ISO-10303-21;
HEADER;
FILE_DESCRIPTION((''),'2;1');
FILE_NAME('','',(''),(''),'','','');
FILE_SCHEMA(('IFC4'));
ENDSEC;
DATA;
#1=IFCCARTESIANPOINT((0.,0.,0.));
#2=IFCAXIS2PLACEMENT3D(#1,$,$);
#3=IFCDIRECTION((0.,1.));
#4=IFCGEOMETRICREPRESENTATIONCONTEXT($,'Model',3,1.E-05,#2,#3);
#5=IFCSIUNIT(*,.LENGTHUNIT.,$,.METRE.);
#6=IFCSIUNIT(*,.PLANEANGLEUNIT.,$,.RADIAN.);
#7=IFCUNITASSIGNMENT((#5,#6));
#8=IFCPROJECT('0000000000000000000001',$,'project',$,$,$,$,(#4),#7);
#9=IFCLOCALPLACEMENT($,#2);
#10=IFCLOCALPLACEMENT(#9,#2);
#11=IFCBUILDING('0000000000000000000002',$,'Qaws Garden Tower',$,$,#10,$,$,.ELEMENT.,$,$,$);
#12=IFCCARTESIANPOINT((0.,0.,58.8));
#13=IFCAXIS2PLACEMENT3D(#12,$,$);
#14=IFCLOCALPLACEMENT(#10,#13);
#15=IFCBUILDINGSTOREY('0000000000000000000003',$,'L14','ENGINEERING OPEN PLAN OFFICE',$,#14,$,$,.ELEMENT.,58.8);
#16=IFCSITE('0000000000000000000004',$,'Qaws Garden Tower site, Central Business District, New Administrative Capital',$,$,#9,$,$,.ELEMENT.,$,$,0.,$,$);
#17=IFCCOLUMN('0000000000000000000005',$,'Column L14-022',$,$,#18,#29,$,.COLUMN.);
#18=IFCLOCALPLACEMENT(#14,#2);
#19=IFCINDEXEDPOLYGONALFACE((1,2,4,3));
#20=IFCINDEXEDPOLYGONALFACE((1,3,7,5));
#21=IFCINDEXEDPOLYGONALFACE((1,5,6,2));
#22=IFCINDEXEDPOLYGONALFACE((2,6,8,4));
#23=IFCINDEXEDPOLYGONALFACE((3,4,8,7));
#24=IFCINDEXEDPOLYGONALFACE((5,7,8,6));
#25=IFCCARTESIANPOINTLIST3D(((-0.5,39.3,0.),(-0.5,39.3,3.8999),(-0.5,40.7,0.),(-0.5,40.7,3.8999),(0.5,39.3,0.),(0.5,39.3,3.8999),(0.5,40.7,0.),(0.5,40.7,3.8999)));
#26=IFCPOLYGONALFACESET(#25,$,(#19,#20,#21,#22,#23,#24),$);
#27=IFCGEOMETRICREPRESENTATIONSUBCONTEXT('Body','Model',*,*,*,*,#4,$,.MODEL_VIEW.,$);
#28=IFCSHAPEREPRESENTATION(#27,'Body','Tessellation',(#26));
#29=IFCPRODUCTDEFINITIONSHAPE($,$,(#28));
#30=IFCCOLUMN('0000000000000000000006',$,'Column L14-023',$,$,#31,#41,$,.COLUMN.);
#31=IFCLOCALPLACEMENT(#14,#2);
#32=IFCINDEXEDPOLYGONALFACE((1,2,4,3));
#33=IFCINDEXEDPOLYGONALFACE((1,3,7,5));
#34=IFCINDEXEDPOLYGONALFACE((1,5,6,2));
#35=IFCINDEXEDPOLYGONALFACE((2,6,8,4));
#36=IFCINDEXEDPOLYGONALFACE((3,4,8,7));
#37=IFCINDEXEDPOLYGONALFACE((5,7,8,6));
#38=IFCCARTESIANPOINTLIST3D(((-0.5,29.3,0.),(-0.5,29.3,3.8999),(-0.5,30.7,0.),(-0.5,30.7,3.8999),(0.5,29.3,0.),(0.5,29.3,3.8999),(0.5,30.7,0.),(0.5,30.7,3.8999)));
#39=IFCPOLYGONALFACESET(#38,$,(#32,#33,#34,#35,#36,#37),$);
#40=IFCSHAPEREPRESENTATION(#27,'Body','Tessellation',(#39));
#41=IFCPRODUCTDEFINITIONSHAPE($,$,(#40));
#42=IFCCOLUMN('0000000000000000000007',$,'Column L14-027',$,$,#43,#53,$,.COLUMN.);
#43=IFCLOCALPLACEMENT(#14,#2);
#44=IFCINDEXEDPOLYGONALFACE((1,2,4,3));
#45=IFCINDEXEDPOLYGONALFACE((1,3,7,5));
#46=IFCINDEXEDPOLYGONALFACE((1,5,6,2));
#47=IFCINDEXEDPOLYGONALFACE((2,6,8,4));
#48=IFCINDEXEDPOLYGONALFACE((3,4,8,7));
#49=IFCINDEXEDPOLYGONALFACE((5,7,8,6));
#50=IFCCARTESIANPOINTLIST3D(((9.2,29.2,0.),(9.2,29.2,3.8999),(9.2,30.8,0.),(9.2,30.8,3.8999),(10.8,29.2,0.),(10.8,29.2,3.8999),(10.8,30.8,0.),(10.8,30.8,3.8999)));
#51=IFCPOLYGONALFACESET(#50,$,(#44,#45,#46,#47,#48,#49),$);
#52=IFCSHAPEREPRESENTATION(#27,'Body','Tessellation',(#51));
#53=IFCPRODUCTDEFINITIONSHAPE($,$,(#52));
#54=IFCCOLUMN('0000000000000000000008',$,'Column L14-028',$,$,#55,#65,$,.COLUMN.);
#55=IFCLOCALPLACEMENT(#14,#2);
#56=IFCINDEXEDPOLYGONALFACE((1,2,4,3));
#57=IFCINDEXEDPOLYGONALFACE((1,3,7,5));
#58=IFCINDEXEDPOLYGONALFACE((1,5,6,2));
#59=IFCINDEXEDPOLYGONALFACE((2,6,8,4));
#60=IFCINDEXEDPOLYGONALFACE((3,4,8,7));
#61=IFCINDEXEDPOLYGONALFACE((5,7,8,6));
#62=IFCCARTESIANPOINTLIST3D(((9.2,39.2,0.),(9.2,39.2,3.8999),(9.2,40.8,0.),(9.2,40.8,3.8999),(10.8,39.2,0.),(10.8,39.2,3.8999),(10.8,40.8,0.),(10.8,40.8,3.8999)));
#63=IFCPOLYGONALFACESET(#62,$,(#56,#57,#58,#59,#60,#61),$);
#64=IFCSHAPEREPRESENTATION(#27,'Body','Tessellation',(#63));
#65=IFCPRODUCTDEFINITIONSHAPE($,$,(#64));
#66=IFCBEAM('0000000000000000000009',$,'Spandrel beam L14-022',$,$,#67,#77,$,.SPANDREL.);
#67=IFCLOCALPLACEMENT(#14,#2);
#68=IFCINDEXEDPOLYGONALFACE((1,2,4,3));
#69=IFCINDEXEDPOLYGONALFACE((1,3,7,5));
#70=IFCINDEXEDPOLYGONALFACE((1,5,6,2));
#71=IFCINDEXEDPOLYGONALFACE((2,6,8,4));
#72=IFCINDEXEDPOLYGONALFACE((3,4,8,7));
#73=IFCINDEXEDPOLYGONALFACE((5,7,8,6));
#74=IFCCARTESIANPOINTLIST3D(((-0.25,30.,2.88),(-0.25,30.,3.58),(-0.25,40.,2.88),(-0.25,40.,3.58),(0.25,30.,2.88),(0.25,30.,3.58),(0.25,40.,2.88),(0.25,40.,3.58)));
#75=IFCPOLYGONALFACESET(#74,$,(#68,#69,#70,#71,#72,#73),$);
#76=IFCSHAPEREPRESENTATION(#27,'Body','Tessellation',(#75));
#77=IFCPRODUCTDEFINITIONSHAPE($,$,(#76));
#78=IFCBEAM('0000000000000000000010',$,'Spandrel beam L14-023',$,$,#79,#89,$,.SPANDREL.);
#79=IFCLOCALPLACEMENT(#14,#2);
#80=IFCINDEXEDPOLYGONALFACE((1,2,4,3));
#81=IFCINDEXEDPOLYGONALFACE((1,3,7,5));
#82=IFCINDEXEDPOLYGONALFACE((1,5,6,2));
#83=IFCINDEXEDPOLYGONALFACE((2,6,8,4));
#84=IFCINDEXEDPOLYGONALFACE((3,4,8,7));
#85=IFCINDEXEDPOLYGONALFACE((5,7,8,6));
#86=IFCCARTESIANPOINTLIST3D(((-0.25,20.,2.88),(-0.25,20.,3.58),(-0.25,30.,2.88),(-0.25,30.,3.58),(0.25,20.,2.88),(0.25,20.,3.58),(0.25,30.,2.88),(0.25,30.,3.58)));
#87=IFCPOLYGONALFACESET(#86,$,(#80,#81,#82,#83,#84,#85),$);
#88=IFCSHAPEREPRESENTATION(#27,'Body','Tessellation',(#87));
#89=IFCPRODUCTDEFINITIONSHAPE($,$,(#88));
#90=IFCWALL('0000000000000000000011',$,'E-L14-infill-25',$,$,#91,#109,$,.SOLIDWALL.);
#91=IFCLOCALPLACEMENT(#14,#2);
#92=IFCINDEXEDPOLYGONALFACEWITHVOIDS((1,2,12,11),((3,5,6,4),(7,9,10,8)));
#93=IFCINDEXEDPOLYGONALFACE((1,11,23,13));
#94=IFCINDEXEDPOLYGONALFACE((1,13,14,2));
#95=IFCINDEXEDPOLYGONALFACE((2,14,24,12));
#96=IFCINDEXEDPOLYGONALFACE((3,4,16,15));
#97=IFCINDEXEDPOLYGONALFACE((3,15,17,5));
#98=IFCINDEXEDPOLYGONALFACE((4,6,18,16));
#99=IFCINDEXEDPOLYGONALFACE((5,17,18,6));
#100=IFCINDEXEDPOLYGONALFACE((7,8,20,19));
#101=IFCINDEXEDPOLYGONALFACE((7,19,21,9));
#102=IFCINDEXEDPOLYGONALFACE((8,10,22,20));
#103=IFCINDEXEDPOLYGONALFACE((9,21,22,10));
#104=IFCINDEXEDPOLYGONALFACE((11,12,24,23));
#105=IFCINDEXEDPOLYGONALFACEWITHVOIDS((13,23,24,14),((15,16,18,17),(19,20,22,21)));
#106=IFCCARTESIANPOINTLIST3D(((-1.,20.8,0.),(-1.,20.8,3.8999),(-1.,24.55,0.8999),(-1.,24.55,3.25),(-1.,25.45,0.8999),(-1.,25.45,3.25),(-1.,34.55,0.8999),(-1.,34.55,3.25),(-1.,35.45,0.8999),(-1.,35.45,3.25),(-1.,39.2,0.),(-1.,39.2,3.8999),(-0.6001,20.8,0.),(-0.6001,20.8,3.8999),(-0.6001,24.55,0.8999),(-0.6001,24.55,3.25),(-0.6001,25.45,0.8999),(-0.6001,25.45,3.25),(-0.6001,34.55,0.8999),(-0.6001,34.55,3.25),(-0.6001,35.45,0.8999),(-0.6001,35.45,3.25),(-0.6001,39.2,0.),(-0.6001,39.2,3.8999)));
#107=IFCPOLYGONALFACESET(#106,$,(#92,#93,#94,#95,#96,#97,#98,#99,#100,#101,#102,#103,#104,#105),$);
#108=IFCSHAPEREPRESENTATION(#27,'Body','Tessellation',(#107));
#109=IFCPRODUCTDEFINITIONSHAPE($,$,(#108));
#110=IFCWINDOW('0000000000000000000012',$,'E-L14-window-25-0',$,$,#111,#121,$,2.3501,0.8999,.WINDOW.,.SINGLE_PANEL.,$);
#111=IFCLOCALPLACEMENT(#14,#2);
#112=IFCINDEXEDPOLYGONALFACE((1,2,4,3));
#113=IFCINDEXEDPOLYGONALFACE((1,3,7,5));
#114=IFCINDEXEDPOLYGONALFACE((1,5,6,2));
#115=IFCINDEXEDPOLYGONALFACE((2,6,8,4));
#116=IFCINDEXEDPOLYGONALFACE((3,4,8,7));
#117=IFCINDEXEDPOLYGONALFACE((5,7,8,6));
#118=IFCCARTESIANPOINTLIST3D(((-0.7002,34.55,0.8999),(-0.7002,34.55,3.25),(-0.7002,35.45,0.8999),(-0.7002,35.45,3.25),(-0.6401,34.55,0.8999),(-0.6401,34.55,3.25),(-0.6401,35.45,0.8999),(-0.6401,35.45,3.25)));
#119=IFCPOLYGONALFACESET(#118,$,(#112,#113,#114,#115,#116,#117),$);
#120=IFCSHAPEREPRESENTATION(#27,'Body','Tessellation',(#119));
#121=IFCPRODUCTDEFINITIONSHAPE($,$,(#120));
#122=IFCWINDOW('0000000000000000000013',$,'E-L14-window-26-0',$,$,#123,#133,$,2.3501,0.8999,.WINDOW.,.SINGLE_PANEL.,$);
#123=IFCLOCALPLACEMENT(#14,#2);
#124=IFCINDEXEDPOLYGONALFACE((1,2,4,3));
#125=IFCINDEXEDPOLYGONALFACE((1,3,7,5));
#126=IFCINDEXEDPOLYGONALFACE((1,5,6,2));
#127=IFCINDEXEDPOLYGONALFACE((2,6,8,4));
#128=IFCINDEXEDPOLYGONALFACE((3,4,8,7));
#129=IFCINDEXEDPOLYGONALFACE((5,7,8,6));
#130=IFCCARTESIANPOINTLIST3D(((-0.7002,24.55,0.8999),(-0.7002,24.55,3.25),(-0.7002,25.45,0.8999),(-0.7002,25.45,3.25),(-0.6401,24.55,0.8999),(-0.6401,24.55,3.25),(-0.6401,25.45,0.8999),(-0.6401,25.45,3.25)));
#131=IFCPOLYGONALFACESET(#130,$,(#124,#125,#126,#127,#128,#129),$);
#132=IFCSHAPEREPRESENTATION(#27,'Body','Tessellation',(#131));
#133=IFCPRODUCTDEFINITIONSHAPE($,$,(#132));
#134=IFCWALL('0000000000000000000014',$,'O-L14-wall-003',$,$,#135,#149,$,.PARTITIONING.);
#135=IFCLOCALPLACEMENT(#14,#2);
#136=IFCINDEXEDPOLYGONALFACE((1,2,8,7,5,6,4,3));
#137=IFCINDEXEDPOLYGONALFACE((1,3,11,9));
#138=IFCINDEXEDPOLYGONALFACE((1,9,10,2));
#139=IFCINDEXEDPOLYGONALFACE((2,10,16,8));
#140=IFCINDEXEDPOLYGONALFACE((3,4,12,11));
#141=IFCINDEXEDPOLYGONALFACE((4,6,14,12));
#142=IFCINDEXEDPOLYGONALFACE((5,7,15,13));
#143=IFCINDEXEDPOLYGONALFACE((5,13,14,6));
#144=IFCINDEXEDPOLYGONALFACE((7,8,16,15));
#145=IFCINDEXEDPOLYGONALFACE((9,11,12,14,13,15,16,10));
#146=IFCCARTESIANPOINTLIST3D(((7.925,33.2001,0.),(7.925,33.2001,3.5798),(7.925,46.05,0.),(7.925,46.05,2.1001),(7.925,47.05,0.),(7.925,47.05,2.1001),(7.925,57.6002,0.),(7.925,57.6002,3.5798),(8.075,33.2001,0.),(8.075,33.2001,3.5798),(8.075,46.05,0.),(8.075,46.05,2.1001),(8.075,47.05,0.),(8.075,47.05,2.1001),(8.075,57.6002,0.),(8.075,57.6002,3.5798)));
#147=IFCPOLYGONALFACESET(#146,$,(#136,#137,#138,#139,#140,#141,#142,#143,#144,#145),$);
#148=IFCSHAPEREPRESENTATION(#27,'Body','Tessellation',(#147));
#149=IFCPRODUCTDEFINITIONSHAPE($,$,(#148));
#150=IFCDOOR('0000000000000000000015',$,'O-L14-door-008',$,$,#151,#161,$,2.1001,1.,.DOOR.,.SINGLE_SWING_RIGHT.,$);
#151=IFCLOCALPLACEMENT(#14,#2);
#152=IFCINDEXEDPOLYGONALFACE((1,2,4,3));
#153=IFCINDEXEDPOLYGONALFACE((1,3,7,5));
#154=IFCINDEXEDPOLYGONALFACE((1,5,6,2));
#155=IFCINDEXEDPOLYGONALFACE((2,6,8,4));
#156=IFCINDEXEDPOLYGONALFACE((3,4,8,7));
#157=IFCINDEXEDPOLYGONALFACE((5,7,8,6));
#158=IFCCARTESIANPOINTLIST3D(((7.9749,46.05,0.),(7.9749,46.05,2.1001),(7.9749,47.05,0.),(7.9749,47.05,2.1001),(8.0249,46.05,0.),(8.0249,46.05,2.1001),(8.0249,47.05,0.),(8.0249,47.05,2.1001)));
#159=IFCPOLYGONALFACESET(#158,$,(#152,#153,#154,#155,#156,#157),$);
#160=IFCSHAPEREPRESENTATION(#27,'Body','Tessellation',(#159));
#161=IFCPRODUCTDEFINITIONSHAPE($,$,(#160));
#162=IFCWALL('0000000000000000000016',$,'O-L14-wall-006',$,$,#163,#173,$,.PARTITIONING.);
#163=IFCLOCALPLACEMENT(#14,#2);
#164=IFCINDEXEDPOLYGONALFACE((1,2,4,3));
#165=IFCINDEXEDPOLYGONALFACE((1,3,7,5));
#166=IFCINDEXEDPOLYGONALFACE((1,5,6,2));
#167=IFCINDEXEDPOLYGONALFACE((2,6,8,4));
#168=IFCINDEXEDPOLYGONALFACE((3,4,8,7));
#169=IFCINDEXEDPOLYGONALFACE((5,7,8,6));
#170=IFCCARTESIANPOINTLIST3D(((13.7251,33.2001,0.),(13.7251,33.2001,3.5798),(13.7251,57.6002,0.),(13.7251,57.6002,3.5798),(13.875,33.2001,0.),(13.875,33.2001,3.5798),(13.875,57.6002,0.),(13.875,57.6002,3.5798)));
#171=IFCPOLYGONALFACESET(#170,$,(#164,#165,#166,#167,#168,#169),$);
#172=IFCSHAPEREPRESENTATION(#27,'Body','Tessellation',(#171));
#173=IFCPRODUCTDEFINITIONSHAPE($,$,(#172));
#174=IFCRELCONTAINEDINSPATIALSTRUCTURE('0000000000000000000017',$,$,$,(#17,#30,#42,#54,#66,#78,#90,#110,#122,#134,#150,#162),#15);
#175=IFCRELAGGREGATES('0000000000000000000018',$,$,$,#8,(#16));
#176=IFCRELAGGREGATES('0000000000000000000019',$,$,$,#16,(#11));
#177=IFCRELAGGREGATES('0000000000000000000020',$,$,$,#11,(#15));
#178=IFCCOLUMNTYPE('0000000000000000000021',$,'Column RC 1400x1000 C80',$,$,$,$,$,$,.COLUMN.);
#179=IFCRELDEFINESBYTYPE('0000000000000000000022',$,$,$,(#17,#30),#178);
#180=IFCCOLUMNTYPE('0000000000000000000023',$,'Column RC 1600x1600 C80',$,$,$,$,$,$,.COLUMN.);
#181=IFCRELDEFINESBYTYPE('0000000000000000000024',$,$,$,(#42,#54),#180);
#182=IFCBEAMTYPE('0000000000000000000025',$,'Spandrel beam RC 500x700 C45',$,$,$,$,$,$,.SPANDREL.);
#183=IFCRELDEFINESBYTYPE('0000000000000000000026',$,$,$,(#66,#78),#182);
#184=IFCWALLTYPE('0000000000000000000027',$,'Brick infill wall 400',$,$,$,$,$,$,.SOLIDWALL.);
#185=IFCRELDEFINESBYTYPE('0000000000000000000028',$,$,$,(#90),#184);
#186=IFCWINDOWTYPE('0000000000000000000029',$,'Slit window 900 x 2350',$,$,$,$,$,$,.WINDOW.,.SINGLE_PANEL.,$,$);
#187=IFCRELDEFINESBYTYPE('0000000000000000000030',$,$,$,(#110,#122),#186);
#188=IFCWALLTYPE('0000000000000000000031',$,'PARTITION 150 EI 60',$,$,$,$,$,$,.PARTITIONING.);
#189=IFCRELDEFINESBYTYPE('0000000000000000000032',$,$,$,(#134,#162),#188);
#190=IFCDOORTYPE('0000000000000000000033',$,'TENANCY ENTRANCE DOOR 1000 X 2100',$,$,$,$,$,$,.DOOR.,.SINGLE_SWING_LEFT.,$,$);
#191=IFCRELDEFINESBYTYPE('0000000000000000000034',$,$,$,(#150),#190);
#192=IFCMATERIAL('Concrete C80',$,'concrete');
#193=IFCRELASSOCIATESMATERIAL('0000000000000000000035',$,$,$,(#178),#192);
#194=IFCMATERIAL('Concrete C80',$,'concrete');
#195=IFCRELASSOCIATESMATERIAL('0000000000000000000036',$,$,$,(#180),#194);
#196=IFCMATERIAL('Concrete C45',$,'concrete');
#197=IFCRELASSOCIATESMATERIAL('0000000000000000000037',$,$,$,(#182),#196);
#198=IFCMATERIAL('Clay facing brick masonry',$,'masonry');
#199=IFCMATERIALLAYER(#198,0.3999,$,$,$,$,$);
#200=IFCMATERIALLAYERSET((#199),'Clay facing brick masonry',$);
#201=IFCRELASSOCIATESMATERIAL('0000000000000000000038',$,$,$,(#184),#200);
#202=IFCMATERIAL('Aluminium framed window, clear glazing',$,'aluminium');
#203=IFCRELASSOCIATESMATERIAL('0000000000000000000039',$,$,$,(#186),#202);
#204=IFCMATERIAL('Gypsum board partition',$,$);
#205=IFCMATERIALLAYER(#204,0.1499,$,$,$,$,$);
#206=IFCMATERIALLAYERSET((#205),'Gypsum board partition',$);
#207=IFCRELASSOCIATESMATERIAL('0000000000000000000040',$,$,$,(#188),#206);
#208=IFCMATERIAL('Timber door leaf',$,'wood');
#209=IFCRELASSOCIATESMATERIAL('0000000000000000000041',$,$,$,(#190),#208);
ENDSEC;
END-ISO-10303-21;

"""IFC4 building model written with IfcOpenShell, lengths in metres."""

from ifc_helpers import new_model, si_unit, direction, frame, frame_2d, origin, origin_2d, place, context, subcontext, project, spatial, rectangle, extrude, material, layer, layer_set, material_profile, profile_set, type_object, element, fill, save


model = new_model("IFC4")

# Units and contexts
model_context = context("Model", 3, precision=1e-05, world=origin(), true_north=direction((0.0, 1.0)))
body_context = subcontext(model_context, "Body", "Model", "MODEL_VIEW")
ifc_project = project(units=[si_unit("LENGTHUNIT", "METRE"), si_unit("PLANEANGLEUNIT", "RADIAN")], contexts=[model_context])

# Site, building, storey
site_placement = place(None, origin())
site = spatial("IfcSite", under=ifc_project, at=site_placement, Name="Qaws Garden Tower site, Central Business District, New Administrative Capital", CompositionType="ELEMENT", RefElevation=0.0)
building_placement = place(site_placement, origin())
building = spatial("IfcBuilding", under=site, at=building_placement, Name="Qaws Garden Tower", CompositionType="ELEMENT")
storey_placement = place(building_placement, frame((0.0, 0.0, 58.8)))
storey = spatial("IfcBuildingStorey", under=building, at=storey_placement, Name="L14", Description="ENGINEERING OPEN PLAN OFFICE", CompositionType="ELEMENT", Elevation=58.8)

# Columns
ifc_material_1 = material(Name="Concrete C80", Category="concrete")
ifc_material_profile_1 = material_profile(ifc_material_1, rectangle(XDim=1.3999, YDim=1.0, at=origin_2d()), Name="RC 1400x1000")
ifc_profile_set_1 = profile_set([ifc_material_profile_1], Name="Concrete C80")
column_type_1 = type_object("IfcColumnType", Name="Column RC 1400x1000 C80", PredefinedType="COLUMN", material=ifc_profile_set_1)
for number, where, z_axis, x_axis, name in (
    (1, (0.0, 40.0, 0.0), (0.0, 0.0, 1.0), (0.0, 1.0, 0.0), "Column L14-022"),
    (2, (0.0, 30.0, 0.0), (0.0, 0.0, 1.0), (0.0, 1.0, 0.0), "Column L14-023"),
):
    element("IfcColumn", number, at=place(storey_placement, frame(where, z_axis=z_axis, x_axis=x_axis)), inside=storey, type_object=column_type_1, Name=name, PredefinedType="COLUMN", context=body_context, shape_type="SweptSolid", body=[
        extrude(rectangle(XDim=1.3999, YDim=1.0, at=origin_2d()), origin(), (0.0, 0.0, 1.0), 3.8999),
    ])
ifc_material_2 = material(Name="Concrete C80", Category="concrete")
ifc_material_profile_2 = material_profile(ifc_material_2, rectangle(XDim=1.6001, YDim=1.6001, at=origin_2d()), Name="RC 1600x1600")
ifc_profile_set_2 = profile_set([ifc_material_profile_2], Name="Concrete C80")
column_type_2 = type_object("IfcColumnType", Name="Column RC 1600x1600 C80", PredefinedType="COLUMN", material=ifc_profile_set_2)
for number, where, z_axis, x_axis, name in (
    (3, (10.0, 30.0, 0.0), (0.0, 0.0, 1.0), (1.0, 0.0, 0.0), "Column L14-027"),
    (4, (10.0, 40.0, 0.0), (0.0, 0.0, 1.0), (1.0, 0.0, 0.0), "Column L14-028"),
):
    element("IfcColumn", number, at=place(storey_placement, frame(where, z_axis=z_axis, x_axis=x_axis)), inside=storey, type_object=column_type_2, Name=name, PredefinedType="COLUMN", context=body_context, shape_type="SweptSolid", body=[
        extrude(rectangle(XDim=1.6001, YDim=1.6001, at=origin_2d()), origin(), (0.0, 0.0, 1.0), 3.8999),
    ])

# Beams
ifc_material_3 = material(Name="Concrete C45", Category="concrete")
ifc_material_profile_3 = material_profile(ifc_material_3, rectangle(XDim=0.5, YDim=0.7, at=origin_2d()), Name="RC 500x700")
ifc_profile_set_3 = profile_set([ifc_material_profile_3], Name="Concrete C45")
beam_type = type_object("IfcBeamType", Name="Spandrel beam RC 500x700 C45", PredefinedType="SPANDREL", material=ifc_profile_set_3)
for number, where, z_axis, x_axis, name in (
    (5, (0.0, 40.0, 3.23), (0.0, -1.0, 0.0), (1.0, 0.0, 0.0), "Spandrel beam L14-022"),
    (6, (0.0, 30.0, 3.23), (0.0, -1.0, 0.0), (1.0, 0.0, 0.0), "Spandrel beam L14-023"),
):
    element("IfcBeam", number, at=place(storey_placement, frame(where, z_axis=z_axis, x_axis=x_axis)), inside=storey, type_object=beam_type, Name=name, PredefinedType="SPANDREL", context=body_context, shape_type="SweptSolid", body=[
        extrude(rectangle(XDim=0.5, YDim=0.7, at=origin_2d()), origin(), (0.0, 0.0, 1.0), 10.0),
    ])

# Wall, openings, windows
ifc_material_4 = material(Name="Clay facing brick masonry", Category="masonry")
ifc_layer_1 = layer(ifc_material_4, 0.3999)
ifc_layer_set_1 = layer_set([ifc_layer_1], Name="Clay facing brick masonry")
wall_type_1 = type_object("IfcWallType", Name="Brick infill wall 400", PredefinedType="SOLIDWALL", material=ifc_layer_set_1)
wall_1_placement = place(storey_placement, frame((-0.8, 39.2, 0.0), z_axis=(0.0, 0.0, 1.0), x_axis=(0.0, -1.0, 0.0)))
wall_1 = element("IfcWall", 7, at=wall_1_placement, inside=storey, type_object=wall_type_1, Name="E-L14-infill-25", PredefinedType="SOLIDWALL", context=body_context, shape_type="SweptSolid", body=[
    extrude(rectangle(XDim=18.3999, YDim=0.3999, at=frame_2d((9.2, 0.0))), origin(), (0.0, 0.0, 1.0), 3.8999),
])
opening_1_placement = place(wall_1_placement, frame((3.75, 0.0, 0.8999)))
opening_1 = element("IfcOpeningElement", 8, at=opening_1_placement, cuts=wall_1, PredefinedType="OPENING", context=body_context, shape_type="SweptSolid", body=[
    extrude(rectangle(XDim=0.8999, YDim=2.3501, at=frame_2d((0.45, 1.175))), frame((0.0, 0.21, 0.0), z_axis=(0.0, -1.0, 0.0), x_axis=(1.0, 0.0, 0.0)), (0.0, 0.0, 1.0), 0.4199),
])
opening_2_placement = place(wall_1_placement, frame((13.75, 0.0, 0.8999)))
opening_2 = element("IfcOpeningElement", 9, at=opening_2_placement, cuts=wall_1, PredefinedType="OPENING", context=body_context, shape_type="SweptSolid", body=[
    extrude(rectangle(XDim=0.8999, YDim=2.3501, at=frame_2d((0.45, 1.175))), frame((0.0, 0.21, 0.0), z_axis=(0.0, -1.0, 0.0), x_axis=(1.0, 0.0, 0.0)), (0.0, 0.0, 1.0), 0.4199),
])
ifc_material_5 = material(Name="Aluminium framed window, clear glazing", Category="aluminium")
window_type = type_object("IfcWindowType", Name="Slit window 900 x 2350", PartitioningType="SINGLE_PANEL", PredefinedType="WINDOW", material=ifc_material_5)
window_1_placement = place(opening_1_placement, origin())
window_1 = element("IfcWindow", 10, at=window_1_placement, inside=storey, type_object=window_type, Name="E-L14-window-25-0", OverallHeight=2.3501, OverallWidth=0.8999, PartitioningType="SINGLE_PANEL", PredefinedType="WINDOW", context=body_context, shape_type="SweptSolid", body=[
    extrude(rectangle(XDim=0.8999, YDim=2.3501, at=frame_2d((0.45, 1.175))), frame((0.0, 0.1599, 0.0), z_axis=(0.0, -1.0, 0.0), x_axis=(1.0, 0.0, 0.0)), (0.0, 0.0, 1.0), 0.0601),
])
fill(opening_1, window_1)
window_2_placement = place(opening_2_placement, origin())
window_2 = element("IfcWindow", 11, at=window_2_placement, inside=storey, type_object=window_type, Name="E-L14-window-26-0", OverallHeight=2.3501, OverallWidth=0.8999, PartitioningType="SINGLE_PANEL", PredefinedType="WINDOW", context=body_context, shape_type="SweptSolid", body=[
    extrude(rectangle(XDim=0.8999, YDim=2.3501, at=frame_2d((0.45, 1.175))), frame((0.0, 0.1599, 0.0), z_axis=(0.0, -1.0, 0.0), x_axis=(1.0, 0.0, 0.0)), (0.0, 0.0, 1.0), 0.0601),
])
fill(opening_2, window_2)

# Wall, opening, door
ifc_material_6 = material(Name="Gypsum board partition")
ifc_layer_2 = layer(ifc_material_6, 0.1499)
ifc_layer_set_2 = layer_set([ifc_layer_2], Name="Gypsum board partition")
wall_type_2 = type_object("IfcWallType", Name="PARTITION 150 EI 60", PredefinedType="PARTITIONING", material=ifc_layer_set_2)
wall_2_placement = place(storey_placement, frame((8.0, 33.2, 0.0), z_axis=(0.0, 0.0, 1.0), x_axis=(0.0, 1.0, 0.0)))
wall_2 = element("IfcWall", 12, at=wall_2_placement, inside=storey, type_object=wall_type_2, Name="O-L14-wall-003", PredefinedType="PARTITIONING", context=body_context, shape_type="SweptSolid", body=[
    extrude(rectangle(XDim=24.4001, YDim=0.1499, at=frame_2d((12.2002, 0.0))), origin(), (0.0, 0.0, 1.0), 3.5798),
])
opening_3_placement = place(wall_2_placement, frame((12.8501, 0.0, 0.0)))
opening_3 = element("IfcOpeningElement", 13, at=opening_3_placement, cuts=wall_2, PredefinedType="OPENING", context=body_context, shape_type="SweptSolid", body=[
    extrude(rectangle(XDim=1.0, YDim=2.1001, at=frame_2d((0.5, 1.05))), frame((0.0, 0.085, 0.0), z_axis=(0.0, -1.0, 0.0), x_axis=(1.0, 0.0, 0.0)), (0.0, 0.0, 1.0), 0.1699),
])
ifc_material_7 = material(Name="Timber door leaf", Category="wood")
door_type_1 = type_object("IfcDoorType", Name="TENANCY ENTRANCE DOOR 1000 X 2100", OperationType="SINGLE_SWING_LEFT", PredefinedType="DOOR", material=ifc_material_7)
door_1_placement = place(opening_3_placement, frame((1.0, 0.0, 0.0), z_axis=(0.0, 0.0, 1.0), x_axis=(-1.0, 0.0, 0.0)))
door_1 = element("IfcDoor", 14, at=door_1_placement, inside=storey, type_object=door_type_1, Name="O-L14-door-008", OperationType="SINGLE_SWING_RIGHT", OverallHeight=2.1001, OverallWidth=1.0, PredefinedType="DOOR", context=body_context, shape_type="SweptSolid", body=[
    extrude(rectangle(XDim=1.0, YDim=2.1001, at=frame_2d((0.5, 1.05))), frame((0.0, 0.0249, 0.0), z_axis=(0.0, -1.0, 0.0), x_axis=(1.0, 0.0, 0.0)), (0.0, 0.0, 1.0), 0.05),
])
fill(opening_3, door_1)

# Wall
wall_3_placement = place(storey_placement, frame((13.8, 33.2, 0.0), z_axis=(0.0, 0.0, 1.0), x_axis=(0.0, 1.0, 0.0)))
element("IfcWall", 15, at=wall_3_placement, inside=storey, type_object=wall_type_2, Name="O-L14-wall-006", PredefinedType="PARTITIONING", context=body_context, shape_type="SweptSolid", body=[
    extrude(rectangle(XDim=24.4001, YDim=0.1499, at=frame_2d((12.2002, 0.0))), origin(), (0.0, 0.0, 1.0), 3.5798),
])

save(model, "model.ifc")
